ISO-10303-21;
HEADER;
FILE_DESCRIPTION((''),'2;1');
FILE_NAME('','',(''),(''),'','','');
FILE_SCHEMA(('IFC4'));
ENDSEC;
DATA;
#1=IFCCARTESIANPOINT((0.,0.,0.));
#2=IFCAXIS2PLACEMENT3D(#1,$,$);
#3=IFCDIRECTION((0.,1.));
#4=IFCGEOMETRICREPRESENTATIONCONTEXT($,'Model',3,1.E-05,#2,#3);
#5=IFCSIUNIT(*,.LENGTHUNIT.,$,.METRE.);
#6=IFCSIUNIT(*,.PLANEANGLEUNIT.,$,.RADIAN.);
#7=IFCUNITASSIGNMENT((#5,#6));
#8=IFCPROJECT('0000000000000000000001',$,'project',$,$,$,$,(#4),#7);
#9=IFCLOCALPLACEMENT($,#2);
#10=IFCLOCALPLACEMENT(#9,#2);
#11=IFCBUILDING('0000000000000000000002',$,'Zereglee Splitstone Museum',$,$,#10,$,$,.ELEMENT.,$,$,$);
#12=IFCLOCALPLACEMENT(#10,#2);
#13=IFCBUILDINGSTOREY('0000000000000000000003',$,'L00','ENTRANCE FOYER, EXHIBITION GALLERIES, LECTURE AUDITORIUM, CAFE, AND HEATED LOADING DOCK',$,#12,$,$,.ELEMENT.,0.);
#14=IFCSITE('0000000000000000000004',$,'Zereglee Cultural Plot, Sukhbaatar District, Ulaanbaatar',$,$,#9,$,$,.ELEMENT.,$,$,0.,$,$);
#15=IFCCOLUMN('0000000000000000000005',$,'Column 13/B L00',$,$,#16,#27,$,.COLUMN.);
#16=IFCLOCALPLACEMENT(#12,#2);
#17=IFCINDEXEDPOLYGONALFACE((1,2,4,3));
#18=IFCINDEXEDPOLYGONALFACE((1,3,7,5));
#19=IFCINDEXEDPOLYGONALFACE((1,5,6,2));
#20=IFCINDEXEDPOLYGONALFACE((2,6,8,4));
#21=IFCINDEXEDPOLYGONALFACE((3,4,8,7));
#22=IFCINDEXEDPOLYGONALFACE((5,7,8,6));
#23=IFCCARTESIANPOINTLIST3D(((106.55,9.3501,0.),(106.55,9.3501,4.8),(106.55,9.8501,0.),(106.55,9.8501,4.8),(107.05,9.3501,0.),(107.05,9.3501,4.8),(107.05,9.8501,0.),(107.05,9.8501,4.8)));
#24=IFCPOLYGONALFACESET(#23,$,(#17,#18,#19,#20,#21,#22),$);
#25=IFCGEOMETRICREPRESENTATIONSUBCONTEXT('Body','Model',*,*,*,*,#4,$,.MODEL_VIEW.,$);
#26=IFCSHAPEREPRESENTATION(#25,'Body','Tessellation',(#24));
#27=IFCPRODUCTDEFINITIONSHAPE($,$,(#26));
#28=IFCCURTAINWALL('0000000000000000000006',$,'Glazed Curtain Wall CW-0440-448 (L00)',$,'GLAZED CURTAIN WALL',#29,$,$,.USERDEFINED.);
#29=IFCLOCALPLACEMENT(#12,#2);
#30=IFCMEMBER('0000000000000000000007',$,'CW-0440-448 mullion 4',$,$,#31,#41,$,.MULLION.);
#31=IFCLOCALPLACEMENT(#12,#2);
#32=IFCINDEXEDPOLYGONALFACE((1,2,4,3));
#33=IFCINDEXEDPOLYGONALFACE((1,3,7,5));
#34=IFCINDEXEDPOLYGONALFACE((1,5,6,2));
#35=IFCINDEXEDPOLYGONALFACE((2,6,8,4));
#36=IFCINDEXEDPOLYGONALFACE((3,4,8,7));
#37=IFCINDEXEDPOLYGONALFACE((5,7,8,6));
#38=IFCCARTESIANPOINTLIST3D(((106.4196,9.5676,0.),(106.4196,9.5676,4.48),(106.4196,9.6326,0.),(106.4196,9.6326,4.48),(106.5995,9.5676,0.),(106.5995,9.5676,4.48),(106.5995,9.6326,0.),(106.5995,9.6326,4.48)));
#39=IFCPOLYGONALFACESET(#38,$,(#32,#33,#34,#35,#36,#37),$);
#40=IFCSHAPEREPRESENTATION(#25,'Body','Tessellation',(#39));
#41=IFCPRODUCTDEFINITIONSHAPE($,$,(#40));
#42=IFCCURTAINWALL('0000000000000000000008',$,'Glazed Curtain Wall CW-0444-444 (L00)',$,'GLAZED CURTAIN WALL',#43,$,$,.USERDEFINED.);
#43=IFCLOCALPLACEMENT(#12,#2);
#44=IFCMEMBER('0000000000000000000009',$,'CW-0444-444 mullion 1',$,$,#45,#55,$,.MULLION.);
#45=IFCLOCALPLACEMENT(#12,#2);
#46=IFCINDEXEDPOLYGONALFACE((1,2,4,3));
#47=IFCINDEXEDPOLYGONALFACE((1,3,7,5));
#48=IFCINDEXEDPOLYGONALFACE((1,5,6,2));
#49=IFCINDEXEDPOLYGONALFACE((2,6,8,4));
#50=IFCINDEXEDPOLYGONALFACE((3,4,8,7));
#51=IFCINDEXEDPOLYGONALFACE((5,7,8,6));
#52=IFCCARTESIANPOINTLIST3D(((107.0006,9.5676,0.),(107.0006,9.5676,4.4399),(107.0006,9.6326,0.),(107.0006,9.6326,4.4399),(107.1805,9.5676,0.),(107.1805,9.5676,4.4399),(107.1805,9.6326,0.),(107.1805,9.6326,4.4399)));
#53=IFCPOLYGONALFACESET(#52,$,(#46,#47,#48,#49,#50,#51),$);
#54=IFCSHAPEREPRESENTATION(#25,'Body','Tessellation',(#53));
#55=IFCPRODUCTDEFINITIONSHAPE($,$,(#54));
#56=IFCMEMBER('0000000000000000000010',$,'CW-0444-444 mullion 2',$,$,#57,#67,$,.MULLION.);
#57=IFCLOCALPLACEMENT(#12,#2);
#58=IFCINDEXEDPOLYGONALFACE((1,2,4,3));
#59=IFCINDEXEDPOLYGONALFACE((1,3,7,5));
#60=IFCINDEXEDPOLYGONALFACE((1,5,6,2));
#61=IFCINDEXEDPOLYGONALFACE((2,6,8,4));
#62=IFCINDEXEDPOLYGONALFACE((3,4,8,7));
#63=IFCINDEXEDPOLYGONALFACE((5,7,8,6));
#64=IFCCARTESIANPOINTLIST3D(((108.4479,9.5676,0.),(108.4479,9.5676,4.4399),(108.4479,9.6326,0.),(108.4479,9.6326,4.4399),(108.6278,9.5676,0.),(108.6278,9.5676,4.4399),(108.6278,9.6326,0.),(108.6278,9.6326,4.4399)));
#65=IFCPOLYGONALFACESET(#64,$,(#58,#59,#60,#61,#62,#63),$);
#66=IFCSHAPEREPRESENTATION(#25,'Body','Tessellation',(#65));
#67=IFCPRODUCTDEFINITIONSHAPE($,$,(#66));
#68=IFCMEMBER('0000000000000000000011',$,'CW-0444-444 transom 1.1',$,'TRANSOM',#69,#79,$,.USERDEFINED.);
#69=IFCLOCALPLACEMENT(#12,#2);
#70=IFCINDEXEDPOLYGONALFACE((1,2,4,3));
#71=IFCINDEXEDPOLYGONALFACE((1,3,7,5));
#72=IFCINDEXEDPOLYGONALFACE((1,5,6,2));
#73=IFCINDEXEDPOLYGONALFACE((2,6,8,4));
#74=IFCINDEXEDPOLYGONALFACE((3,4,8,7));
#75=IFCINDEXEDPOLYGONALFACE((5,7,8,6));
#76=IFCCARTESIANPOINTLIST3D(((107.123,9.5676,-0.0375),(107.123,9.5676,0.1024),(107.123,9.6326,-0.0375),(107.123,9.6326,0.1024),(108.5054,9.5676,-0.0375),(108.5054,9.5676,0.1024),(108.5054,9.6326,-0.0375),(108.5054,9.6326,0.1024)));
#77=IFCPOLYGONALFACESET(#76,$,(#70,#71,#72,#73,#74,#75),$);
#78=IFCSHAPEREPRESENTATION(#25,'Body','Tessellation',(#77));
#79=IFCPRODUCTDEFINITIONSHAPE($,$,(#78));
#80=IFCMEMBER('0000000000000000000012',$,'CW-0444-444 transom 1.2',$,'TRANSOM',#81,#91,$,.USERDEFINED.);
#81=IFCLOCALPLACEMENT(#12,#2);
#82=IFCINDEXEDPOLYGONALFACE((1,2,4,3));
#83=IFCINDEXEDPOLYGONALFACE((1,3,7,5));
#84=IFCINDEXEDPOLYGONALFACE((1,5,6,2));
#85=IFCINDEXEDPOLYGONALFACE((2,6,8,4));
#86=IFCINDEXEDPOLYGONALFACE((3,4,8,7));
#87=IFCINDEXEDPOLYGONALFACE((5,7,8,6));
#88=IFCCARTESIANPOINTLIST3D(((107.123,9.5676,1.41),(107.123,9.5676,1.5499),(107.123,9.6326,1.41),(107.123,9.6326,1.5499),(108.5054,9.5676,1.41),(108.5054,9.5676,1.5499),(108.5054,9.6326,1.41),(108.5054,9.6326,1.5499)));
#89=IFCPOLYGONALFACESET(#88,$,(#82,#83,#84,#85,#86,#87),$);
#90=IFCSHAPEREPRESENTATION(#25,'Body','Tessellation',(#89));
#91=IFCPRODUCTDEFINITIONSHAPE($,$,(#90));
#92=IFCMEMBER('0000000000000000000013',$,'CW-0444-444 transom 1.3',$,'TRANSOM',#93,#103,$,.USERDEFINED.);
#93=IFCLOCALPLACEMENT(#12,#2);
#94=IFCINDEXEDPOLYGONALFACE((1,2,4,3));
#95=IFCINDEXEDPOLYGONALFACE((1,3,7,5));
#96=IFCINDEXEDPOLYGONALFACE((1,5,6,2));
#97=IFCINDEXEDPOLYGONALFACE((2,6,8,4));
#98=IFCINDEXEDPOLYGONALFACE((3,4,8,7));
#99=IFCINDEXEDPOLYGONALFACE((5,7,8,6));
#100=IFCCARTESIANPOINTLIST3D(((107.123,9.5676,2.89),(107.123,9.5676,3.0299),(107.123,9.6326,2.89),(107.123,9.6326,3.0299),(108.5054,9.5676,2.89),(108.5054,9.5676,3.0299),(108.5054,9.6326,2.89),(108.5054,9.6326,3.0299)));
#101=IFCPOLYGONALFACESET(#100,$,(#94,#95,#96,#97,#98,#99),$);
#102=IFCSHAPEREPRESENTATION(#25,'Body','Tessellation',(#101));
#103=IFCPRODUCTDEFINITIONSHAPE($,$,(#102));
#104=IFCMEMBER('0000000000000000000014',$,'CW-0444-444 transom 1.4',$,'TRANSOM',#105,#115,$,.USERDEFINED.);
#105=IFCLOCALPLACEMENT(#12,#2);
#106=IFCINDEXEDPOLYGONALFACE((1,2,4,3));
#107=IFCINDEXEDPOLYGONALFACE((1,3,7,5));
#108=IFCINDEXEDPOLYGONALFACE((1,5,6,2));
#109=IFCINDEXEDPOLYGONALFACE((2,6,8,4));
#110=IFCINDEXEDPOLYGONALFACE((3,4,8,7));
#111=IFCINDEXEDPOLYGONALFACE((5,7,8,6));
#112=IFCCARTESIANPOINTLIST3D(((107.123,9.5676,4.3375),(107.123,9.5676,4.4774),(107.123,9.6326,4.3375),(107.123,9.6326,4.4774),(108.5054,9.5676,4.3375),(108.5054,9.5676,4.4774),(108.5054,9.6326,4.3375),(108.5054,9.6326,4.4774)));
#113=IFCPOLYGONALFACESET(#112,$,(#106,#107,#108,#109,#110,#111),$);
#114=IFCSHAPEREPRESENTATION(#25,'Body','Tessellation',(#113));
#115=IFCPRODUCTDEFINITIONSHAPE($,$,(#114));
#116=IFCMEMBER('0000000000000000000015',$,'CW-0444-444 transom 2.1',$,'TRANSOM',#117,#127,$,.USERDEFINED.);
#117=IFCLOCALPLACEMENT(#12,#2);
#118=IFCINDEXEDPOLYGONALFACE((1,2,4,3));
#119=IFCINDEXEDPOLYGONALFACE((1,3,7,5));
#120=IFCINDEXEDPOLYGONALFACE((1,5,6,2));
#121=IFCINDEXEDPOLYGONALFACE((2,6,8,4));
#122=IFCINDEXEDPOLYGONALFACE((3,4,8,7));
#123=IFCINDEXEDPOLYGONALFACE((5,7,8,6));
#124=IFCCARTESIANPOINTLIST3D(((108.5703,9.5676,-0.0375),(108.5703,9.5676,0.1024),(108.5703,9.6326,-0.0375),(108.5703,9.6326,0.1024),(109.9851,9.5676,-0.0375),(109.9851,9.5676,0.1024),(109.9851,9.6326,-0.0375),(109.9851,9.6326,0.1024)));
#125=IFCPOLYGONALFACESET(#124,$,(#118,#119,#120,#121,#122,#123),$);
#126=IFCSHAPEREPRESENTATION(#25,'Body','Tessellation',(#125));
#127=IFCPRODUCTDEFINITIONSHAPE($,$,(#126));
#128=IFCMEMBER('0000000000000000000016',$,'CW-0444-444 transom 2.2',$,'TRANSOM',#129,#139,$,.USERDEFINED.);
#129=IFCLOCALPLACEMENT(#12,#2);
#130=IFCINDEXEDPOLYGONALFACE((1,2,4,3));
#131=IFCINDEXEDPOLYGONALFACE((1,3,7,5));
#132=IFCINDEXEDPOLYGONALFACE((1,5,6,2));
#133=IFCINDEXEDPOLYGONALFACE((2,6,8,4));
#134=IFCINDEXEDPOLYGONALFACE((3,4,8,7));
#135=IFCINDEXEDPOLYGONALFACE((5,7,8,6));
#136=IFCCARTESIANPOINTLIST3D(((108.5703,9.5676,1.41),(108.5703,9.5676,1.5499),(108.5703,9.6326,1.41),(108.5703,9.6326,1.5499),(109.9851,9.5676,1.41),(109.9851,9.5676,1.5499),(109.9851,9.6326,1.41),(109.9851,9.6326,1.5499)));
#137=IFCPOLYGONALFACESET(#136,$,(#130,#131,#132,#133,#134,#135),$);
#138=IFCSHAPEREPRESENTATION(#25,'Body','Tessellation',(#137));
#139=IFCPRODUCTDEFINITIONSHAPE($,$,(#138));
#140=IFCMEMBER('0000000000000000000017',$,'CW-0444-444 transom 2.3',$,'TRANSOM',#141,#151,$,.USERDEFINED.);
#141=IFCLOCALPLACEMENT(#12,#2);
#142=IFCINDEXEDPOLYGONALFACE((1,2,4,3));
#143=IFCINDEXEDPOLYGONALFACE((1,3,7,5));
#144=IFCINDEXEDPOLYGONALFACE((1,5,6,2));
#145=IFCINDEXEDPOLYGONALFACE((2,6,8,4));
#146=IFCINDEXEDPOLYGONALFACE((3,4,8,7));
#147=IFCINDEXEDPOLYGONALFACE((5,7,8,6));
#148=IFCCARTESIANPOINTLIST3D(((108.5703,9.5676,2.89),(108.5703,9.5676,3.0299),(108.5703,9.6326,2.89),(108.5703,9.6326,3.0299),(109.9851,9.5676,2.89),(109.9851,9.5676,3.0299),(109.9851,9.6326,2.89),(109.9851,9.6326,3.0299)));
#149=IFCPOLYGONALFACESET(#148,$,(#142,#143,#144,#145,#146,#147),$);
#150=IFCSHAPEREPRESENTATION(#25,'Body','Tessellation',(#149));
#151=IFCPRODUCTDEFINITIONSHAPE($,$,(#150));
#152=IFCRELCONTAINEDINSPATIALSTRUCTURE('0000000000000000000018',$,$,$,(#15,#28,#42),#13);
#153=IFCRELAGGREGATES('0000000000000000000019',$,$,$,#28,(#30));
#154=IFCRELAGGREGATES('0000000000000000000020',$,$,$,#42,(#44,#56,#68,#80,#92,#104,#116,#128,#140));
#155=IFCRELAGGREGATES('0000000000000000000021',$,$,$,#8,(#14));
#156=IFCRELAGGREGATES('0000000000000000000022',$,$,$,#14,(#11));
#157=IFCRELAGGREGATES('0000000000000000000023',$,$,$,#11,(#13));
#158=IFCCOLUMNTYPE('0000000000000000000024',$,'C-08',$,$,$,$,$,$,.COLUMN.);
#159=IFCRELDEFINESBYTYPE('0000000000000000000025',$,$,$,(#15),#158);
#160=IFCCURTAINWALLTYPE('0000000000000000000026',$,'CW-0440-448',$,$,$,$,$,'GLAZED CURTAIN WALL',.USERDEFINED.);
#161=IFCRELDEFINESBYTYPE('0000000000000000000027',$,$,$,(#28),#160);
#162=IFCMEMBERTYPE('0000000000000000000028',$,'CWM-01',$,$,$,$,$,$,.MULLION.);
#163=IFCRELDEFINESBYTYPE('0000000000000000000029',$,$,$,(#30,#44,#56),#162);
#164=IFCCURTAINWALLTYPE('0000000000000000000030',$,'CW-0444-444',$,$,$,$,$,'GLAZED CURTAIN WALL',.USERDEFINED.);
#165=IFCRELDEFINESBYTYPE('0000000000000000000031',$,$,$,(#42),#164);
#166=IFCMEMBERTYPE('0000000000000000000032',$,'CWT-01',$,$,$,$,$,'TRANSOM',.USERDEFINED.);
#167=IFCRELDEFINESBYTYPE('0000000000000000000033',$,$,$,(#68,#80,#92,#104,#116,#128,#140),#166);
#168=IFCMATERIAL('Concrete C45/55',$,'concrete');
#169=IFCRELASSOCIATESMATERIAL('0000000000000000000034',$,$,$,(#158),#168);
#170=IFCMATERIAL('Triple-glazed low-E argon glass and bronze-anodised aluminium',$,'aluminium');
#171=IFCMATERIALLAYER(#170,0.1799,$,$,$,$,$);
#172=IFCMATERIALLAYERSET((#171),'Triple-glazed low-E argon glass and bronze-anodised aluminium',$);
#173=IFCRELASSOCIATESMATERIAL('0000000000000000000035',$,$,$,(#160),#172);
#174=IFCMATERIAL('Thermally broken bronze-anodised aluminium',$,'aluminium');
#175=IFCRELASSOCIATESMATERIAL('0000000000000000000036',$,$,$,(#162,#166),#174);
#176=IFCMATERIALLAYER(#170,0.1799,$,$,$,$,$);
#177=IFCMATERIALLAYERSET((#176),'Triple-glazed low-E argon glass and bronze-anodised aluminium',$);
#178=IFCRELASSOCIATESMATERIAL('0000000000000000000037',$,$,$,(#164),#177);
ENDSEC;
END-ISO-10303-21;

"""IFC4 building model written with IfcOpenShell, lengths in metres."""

from ifc_helpers import new_model, si_unit, direction, frame, origin, origin_2d, place, context, subcontext, project, spatial, rectangle, extrude, material, layer, layer_set, material_profile, profile_set, type_object, element, aggregate, save


model = new_model("IFC4")

# Units and contexts
model_context = context("Model", 3, precision=1e-05, world=origin(), true_north=direction((0.0, 1.0)))
body_context = subcontext(model_context, "Body", "Model", "MODEL_VIEW")
ifc_project = project(units=[si_unit("LENGTHUNIT", "METRE"), si_unit("PLANEANGLEUNIT", "RADIAN")], contexts=[model_context])

# Site, building, storey
site_placement = place(None, origin())
site = spatial("IfcSite", under=ifc_project, at=site_placement, Name="Zereglee Cultural Plot, Sukhbaatar District, Ulaanbaatar", CompositionType="ELEMENT", RefElevation=0.0)
building_placement = place(site_placement, origin())
building = spatial("IfcBuilding", under=site, at=building_placement, Name="Zereglee Splitstone Museum", CompositionType="ELEMENT")
storey_placement = place(building_placement, origin())
storey = spatial("IfcBuildingStorey", under=building, at=storey_placement, Name="L00", Description="ENTRANCE FOYER, EXHIBITION GALLERIES, LECTURE AUDITORIUM, CAFE, AND HEATED LOADING DOCK", CompositionType="ELEMENT", Elevation=0.0)

# Column
ifc_material_1 = material(Name="Concrete C45/55", Category="concrete")
ifc_material_profile_1 = material_profile(ifc_material_1, rectangle(XDim=0.5, YDim=0.5, at=origin_2d()), Name="RC 500x500")
ifc_profile_set_1 = profile_set([ifc_material_profile_1], Name="Concrete C45/55")
column_type = type_object("IfcColumnType", Name="C-08", PredefinedType="COLUMN", material=ifc_profile_set_1)
column_placement = place(storey_placement, frame((106.8, 9.6001, 0.0), z_axis=(0.0, 0.0, 1.0), x_axis=(1.0, 0.0, 0.0)))
element("IfcColumn", 1, at=column_placement, inside=storey, type_object=column_type, Name="Column 13/B L00", PredefinedType="COLUMN", context=body_context, shape_type="SweptSolid", body=[
    extrude(rectangle(XDim=0.5, YDim=0.5, at=origin_2d()), origin(), (0.0, 0.0, 1.0), 4.8),
])

# Curtain wall, member
ifc_material_2 = material(Name="Triple-glazed low-E argon glass and bronze-anodised aluminium", Category="aluminium")
ifc_layer_1 = layer(ifc_material_2, 0.1799)
ifc_layer_set_1 = layer_set([ifc_layer_1], Name="Triple-glazed low-E argon glass and bronze-anodised aluminium")
curtain_wall_type_1 = type_object("IfcCurtainWallType", Name="CW-0440-448", ElementType="GLAZED CURTAIN WALL", PredefinedType="USERDEFINED", material=ifc_layer_set_1)
curtain_wall_1_placement = place(storey_placement, origin())
curtain_wall_1 = element("IfcCurtainWall", 2, at=curtain_wall_1_placement, inside=storey, type_object=curtain_wall_type_1, Name="Glazed Curtain Wall CW-0440-448 (L00)", ObjectType="GLAZED CURTAIN WALL", PredefinedType="USERDEFINED")
ifc_material_3 = material(Name="Thermally broken bronze-anodised aluminium", Category="aluminium")
ifc_material_profile_2 = material_profile(ifc_material_3, rectangle(XDim=0.0649, YDim=0.1799, at=origin_2d()), Name="CW MULL 65x180")
ifc_profile_set_2 = profile_set([ifc_material_profile_2], Name="Thermally broken bronze-anodised aluminium")
member_type_1 = type_object("IfcMemberType", Name="CWM-01", PredefinedType="MULLION", material=ifc_profile_set_2)
member_1_placement = place(storey_placement, frame((106.5095, 9.6001, 0.0), z_axis=(0.0, 0.0, 1.0), x_axis=(0.0, 1.0, 0.0)))
member_1 = element("IfcMember", 3, at=member_1_placement, type_object=member_type_1, Name="CW-0440-448 mullion 4", PredefinedType="MULLION", context=body_context, shape_type="SweptSolid", body=[
    extrude(rectangle(XDim=0.0649, YDim=0.1799, at=origin_2d()), origin(), (0.0, 0.0, 1.0), 4.48),
])

# Curtain wall, members
ifc_layer_2 = layer(ifc_material_2, 0.1799)
ifc_layer_set_2 = layer_set([ifc_layer_2], Name="Triple-glazed low-E argon glass and bronze-anodised aluminium")
curtain_wall_type_2 = type_object("IfcCurtainWallType", Name="CW-0444-444", ElementType="GLAZED CURTAIN WALL", PredefinedType="USERDEFINED", material=ifc_layer_set_2)
curtain_wall_2_placement = place(storey_placement, origin())
curtain_wall_2 = element("IfcCurtainWall", 4, at=curtain_wall_2_placement, inside=storey, type_object=curtain_wall_type_2, Name="Glazed Curtain Wall CW-0444-444 (L00)", ObjectType="GLAZED CURTAIN WALL", PredefinedType="USERDEFINED")
member_2_placement = place(storey_placement, frame((107.0906, 9.6001, 0.0), z_axis=(0.0, 0.0, 1.0), x_axis=(0.0, 1.0, 0.0)))
member_2 = element("IfcMember", 5, at=member_2_placement, type_object=member_type_1, Name="CW-0444-444 mullion 1", PredefinedType="MULLION", context=body_context, shape_type="SweptSolid", body=[
    extrude(rectangle(XDim=0.0649, YDim=0.1799, at=origin_2d()), origin(), (0.0, 0.0, 1.0), 4.4399),
])
member_3_placement = place(storey_placement, frame((108.5378, 9.6001, 0.0), z_axis=(0.0, 0.0, 1.0), x_axis=(0.0, 1.0, 0.0)))
member_3 = element("IfcMember", 6, at=member_3_placement, type_object=member_type_1, Name="CW-0444-444 mullion 2", PredefinedType="MULLION", context=body_context, shape_type="SweptSolid", body=[
    extrude(rectangle(XDim=0.0649, YDim=0.1799, at=origin_2d()), origin(), (0.0, 0.0, 1.0), 4.4399),
])
ifc_material_profile_3 = material_profile(ifc_material_3, rectangle(XDim=0.0649, YDim=0.1399, at=origin_2d()), Name="CW TRAN 65x140")
ifc_profile_set_3 = profile_set([ifc_material_profile_3], Name="Thermally broken bronze-anodised aluminium")
member_type_2 = type_object("IfcMemberType", Name="CWT-01", ElementType="TRANSOM", PredefinedType="USERDEFINED", material=ifc_profile_set_3)
member_4_placement = place(storey_placement, frame((107.123, 9.6001, 0.0325), z_axis=(1.0, 0.0, 0.0), x_axis=(0.0, 1.0, 0.0)))
member_4 = element("IfcMember", 7, at=member_4_placement, type_object=member_type_2, Name="CW-0444-444 transom 1.1", ObjectType="TRANSOM", PredefinedType="USERDEFINED", context=body_context, shape_type="SweptSolid", body=[
    extrude(rectangle(XDim=0.0649, YDim=0.1399, at=origin_2d()), origin(), (0.0, 0.0, 1.0), 1.3823),
])
member_5_placement = place(storey_placement, frame((107.123, 9.6001, 1.48), z_axis=(1.0, 0.0, 0.0), x_axis=(0.0, 1.0, 0.0)))
member_5 = element("IfcMember", 8, at=member_5_placement, type_object=member_type_2, Name="CW-0444-444 transom 1.2", ObjectType="TRANSOM", PredefinedType="USERDEFINED", context=body_context, shape_type="SweptSolid", body=[
    extrude(rectangle(XDim=0.0649, YDim=0.1399, at=origin_2d()), origin(), (0.0, 0.0, 1.0), 1.3823),
])
member_6_placement = place(storey_placement, frame((107.123, 9.6001, 2.96), z_axis=(1.0, 0.0, 0.0), x_axis=(0.0, 1.0, 0.0)))
member_6 = element("IfcMember", 9, at=member_6_placement, type_object=member_type_2, Name="CW-0444-444 transom 1.3", ObjectType="TRANSOM", PredefinedType="USERDEFINED", context=body_context, shape_type="SweptSolid", body=[
    extrude(rectangle(XDim=0.0649, YDim=0.1399, at=origin_2d()), origin(), (0.0, 0.0, 1.0), 1.3823),
])
member_7_placement = place(storey_placement, frame((107.123, 9.6001, 4.4075), z_axis=(1.0, 0.0, 0.0), x_axis=(0.0, 1.0, 0.0)))
member_7 = element("IfcMember", 10, at=member_7_placement, type_object=member_type_2, Name="CW-0444-444 transom 1.4", ObjectType="TRANSOM", PredefinedType="USERDEFINED", context=body_context, shape_type="SweptSolid", body=[
    extrude(rectangle(XDim=0.0649, YDim=0.1399, at=origin_2d()), origin(), (0.0, 0.0, 1.0), 1.3823),
])
member_8_placement = place(storey_placement, frame((108.5703, 9.6001, 0.0325), z_axis=(1.0, 0.0, 0.0), x_axis=(0.0, 1.0, 0.0)))
member_8 = element("IfcMember", 11, at=member_8_placement, type_object=member_type_2, Name="CW-0444-444 transom 2.1", ObjectType="TRANSOM", PredefinedType="USERDEFINED", context=body_context, shape_type="SweptSolid", body=[
    extrude(rectangle(XDim=0.0649, YDim=0.1399, at=origin_2d()), origin(), (0.0, 0.0, 1.0), 1.4148),
])
member_9_placement = place(storey_placement, frame((108.5703, 9.6001, 1.48), z_axis=(1.0, 0.0, 0.0), x_axis=(0.0, 1.0, 0.0)))
member_9 = element("IfcMember", 12, at=member_9_placement, type_object=member_type_2, Name="CW-0444-444 transom 2.2", ObjectType="TRANSOM", PredefinedType="USERDEFINED", context=body_context, shape_type="SweptSolid", body=[
    extrude(rectangle(XDim=0.0649, YDim=0.1399, at=origin_2d()), origin(), (0.0, 0.0, 1.0), 1.4148),
])
member_10_placement = place(storey_placement, frame((108.5703, 9.6001, 2.96), z_axis=(1.0, 0.0, 0.0), x_axis=(0.0, 1.0, 0.0)))
member_10 = element("IfcMember", 13, at=member_10_placement, type_object=member_type_2, Name="CW-0444-444 transom 2.3", ObjectType="TRANSOM", PredefinedType="USERDEFINED", context=body_context, shape_type="SweptSolid", body=[
    extrude(rectangle(XDim=0.0649, YDim=0.1399, at=origin_2d()), origin(), (0.0, 0.0, 1.0), 1.4148),
])

aggregate(curtain_wall_1, [member_1])
aggregate(curtain_wall_2, [member_2, member_3, member_4, member_5, member_6, member_7, member_8, member_9, member_10])

save(model, "model.ifc")
